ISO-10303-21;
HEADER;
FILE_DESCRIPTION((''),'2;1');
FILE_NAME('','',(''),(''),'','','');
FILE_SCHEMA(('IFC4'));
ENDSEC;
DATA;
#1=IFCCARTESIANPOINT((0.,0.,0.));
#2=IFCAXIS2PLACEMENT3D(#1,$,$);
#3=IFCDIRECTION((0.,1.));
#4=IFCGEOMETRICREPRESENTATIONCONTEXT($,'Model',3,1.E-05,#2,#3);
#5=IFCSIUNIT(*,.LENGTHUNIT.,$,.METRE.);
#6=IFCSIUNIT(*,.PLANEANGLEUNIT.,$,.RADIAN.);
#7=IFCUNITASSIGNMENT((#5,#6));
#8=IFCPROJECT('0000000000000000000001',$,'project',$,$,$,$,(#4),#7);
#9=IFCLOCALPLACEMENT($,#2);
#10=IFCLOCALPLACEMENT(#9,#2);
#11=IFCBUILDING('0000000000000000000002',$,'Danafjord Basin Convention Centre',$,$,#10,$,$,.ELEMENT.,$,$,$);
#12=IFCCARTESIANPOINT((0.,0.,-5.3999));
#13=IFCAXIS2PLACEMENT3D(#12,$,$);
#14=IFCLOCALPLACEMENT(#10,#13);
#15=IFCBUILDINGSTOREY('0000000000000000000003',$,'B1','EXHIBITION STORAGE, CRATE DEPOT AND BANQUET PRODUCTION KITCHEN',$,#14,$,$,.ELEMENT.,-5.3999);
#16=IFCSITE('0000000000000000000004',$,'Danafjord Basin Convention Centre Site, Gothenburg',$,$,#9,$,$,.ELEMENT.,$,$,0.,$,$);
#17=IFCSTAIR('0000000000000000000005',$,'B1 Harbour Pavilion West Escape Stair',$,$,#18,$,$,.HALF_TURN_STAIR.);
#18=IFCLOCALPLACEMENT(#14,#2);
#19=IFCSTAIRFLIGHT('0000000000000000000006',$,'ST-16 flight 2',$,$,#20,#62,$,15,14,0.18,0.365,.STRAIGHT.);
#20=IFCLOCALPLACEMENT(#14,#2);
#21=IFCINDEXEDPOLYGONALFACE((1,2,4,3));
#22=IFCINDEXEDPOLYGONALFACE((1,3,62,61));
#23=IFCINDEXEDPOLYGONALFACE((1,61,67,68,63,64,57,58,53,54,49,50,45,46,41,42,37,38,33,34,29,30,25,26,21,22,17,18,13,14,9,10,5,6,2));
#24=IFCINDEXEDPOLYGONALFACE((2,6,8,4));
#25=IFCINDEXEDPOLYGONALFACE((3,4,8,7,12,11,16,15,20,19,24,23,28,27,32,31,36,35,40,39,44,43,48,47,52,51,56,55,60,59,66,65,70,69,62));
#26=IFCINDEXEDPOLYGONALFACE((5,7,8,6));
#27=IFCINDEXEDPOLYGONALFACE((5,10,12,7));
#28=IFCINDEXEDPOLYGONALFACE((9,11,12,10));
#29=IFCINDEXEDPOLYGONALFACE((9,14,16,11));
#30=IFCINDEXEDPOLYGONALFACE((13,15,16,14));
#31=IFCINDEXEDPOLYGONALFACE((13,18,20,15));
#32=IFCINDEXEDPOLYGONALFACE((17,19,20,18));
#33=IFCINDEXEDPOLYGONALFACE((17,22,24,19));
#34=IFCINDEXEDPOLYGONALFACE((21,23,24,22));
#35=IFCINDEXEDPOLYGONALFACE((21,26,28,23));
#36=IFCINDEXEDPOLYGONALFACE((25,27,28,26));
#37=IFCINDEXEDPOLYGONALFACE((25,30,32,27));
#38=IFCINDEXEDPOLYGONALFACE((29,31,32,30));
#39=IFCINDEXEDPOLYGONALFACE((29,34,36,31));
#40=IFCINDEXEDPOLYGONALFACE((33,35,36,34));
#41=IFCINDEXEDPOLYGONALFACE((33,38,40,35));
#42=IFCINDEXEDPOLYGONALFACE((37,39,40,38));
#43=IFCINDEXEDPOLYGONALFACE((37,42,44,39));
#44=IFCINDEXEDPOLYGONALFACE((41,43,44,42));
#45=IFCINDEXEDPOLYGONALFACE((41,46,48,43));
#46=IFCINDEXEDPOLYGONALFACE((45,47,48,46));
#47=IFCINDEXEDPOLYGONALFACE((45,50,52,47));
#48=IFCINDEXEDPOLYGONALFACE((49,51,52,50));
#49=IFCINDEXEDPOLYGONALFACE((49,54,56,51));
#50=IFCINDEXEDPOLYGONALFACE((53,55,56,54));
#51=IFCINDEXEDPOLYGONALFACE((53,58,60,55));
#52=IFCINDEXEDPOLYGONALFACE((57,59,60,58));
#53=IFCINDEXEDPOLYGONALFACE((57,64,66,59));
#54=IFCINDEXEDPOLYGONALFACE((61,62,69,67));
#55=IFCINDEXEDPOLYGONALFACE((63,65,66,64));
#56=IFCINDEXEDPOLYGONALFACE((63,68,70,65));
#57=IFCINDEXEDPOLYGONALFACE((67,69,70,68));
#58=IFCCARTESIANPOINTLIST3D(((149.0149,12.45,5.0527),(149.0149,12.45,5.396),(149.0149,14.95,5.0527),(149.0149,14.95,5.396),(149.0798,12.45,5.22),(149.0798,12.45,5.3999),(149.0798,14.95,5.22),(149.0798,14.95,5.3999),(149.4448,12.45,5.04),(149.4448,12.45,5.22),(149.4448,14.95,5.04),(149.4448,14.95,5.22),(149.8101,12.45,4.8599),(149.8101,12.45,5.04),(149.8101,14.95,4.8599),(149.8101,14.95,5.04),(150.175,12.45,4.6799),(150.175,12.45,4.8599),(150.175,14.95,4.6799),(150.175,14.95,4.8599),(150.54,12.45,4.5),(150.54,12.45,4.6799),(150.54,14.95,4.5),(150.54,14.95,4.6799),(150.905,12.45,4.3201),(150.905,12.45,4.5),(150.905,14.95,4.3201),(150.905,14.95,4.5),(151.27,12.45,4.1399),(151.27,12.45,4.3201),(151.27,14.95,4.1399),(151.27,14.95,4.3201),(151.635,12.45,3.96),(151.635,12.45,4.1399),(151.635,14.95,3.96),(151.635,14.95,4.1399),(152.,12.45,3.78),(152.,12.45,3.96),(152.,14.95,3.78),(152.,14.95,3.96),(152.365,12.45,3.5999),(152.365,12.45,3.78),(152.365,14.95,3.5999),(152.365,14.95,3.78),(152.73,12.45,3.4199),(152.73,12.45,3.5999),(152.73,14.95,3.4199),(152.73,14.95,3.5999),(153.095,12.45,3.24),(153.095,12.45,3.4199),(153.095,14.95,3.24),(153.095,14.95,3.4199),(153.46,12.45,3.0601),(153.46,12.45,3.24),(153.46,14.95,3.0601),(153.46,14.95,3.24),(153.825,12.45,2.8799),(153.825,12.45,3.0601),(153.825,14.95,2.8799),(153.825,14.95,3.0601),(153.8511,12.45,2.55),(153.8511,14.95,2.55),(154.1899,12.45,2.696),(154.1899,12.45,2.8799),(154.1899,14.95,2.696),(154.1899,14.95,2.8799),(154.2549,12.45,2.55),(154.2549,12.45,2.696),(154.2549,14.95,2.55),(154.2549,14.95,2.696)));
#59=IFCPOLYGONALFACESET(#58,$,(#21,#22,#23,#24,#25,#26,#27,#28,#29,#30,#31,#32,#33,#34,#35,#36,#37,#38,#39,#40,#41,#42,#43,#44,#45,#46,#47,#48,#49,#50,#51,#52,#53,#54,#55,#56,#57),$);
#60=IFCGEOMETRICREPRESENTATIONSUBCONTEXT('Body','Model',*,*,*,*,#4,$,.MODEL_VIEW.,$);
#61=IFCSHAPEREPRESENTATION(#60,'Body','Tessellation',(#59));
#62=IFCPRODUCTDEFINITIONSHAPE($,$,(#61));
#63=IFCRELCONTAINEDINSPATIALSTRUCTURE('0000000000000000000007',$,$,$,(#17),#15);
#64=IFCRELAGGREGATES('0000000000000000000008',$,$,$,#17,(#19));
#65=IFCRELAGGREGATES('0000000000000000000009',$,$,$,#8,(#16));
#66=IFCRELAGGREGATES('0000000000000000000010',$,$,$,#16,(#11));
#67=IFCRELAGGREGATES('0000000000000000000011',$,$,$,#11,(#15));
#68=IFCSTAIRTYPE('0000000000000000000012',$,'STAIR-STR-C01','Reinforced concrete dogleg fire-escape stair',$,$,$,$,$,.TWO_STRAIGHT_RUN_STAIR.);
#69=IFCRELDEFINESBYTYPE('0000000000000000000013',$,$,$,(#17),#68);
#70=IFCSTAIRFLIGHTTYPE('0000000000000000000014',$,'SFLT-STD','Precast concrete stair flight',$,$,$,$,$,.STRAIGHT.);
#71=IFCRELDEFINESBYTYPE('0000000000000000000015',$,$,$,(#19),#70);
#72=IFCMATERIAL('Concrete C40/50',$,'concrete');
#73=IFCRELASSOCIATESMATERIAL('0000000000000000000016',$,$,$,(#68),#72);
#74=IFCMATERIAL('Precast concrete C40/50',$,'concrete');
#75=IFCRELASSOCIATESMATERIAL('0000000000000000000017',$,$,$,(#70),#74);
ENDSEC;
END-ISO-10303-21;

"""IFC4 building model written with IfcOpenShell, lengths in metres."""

from ifc_helpers import new_model, si_unit, direction, frame, origin, place, context, subcontext, project, spatial, polyline, outline, extrude, material, type_object, element, aggregate, save


model = new_model("IFC4")

# Units and contexts
model_context = context("Model", 3, precision=1e-05, world=origin(), true_north=direction((0.0, 1.0)))
body_context = subcontext(model_context, "Body", "Model", "MODEL_VIEW")
ifc_project = project(units=[si_unit("LENGTHUNIT", "METRE"), si_unit("PLANEANGLEUNIT", "RADIAN")], contexts=[model_context])

# Site, building, storey
site_placement = place(None, origin())
site = spatial("IfcSite", under=ifc_project, at=site_placement, Name="Danafjord Basin Convention Centre Site, Gothenburg", CompositionType="ELEMENT", RefElevation=0.0)
building_placement = place(site_placement, origin())
building = spatial("IfcBuilding", under=site, at=building_placement, Name="Danafjord Basin Convention Centre", CompositionType="ELEMENT")
storey_placement = place(building_placement, frame((0.0, 0.0, -5.3999)))
storey = spatial("IfcBuildingStorey", under=building, at=storey_placement, Name="B1", Description="EXHIBITION STORAGE, CRATE DEPOT AND BANQUET PRODUCTION KITCHEN", CompositionType="ELEMENT", Elevation=-5.3999)

# Shared definitions
ifc_material_1 = material(Name="Concrete C40/50", Category="concrete")

# Stair, stair flight
stair_type = type_object("IfcStairType", Name="STAIR-STR-C01", Description="Reinforced concrete dogleg fire-escape stair", PredefinedType="TWO_STRAIGHT_RUN_STAIR", material=ifc_material_1)
stair_placement = place(storey_placement, origin())
stair = element("IfcStair", 1, at=stair_placement, inside=storey, type_object=stair_type, Name="B1 Harbour Pavilion West Escape Stair", PredefinedType="HALF_TURN_STAIR")
ifc_material_2 = material(Name="Precast concrete C40/50", Category="concrete")
stair_flight_type = type_object("IfcStairFlightType", Name="SFLT-STD", Description="Precast concrete stair flight", PredefinedType="STRAIGHT", material=ifc_material_2)
stair_flight_1_placement = place(storey_placement, frame((154.1899, 13.7, 2.7), z_axis=(0.0, 0.0, 1.0), x_axis=(-1.0, 0.0, 0.0)))
stair_flight_1 = element("IfcStairFlight", 2, at=stair_flight_1_placement, type_object=stair_flight_type, Name="ST-16 flight 2", NumberOfRisers=15, NumberOfTreads=14, PredefinedType="STRAIGHT", RiserHeight=0.18, TreadLength=0.365, context=body_context, shape_type="SweptSolid", body=[
    extrude(outline(polyline([(-0.0649, -0.1499), (-0.0649, -0.0039), (0.0, -0.0039), (0.0, 0.1799), (0.365, 0.1799), (0.365, 0.3601), (0.73, 0.3601), (0.73, 0.54), (1.095, 0.54), (1.095, 0.72), (1.46, 0.72), (1.46, 0.8999), (1.825, 0.8999), (1.825, 1.0801), (2.1899, 1.0801), (2.1899, 1.26), (2.5549, 1.26), (2.5549, 1.4399), (2.9199, 1.4399), (2.9199, 1.6201), (3.2849, 1.6201), (3.2849, 1.8), (3.6499, 1.8), (3.6499, 1.98), (4.0149, 1.98), (4.0149, 2.1599), (4.3799, 2.1599), (4.3799, 2.3401), (4.7451, 2.3401), (4.7451, 2.52), (5.1101, 2.52), (5.1101, 2.7), (5.175, 2.696), (5.175, 2.3528), (0.3389, -0.1499), (-0.0649, -0.1499)])), frame((0.0, 1.25, 0.0), z_axis=(0.0, -1.0, 0.0), x_axis=(1.0, 0.0, 0.0)), (0.0, 0.0, 1.0), 2.5),
])
aggregate(stair, [stair_flight_1])

save(model, "model.ifc")
